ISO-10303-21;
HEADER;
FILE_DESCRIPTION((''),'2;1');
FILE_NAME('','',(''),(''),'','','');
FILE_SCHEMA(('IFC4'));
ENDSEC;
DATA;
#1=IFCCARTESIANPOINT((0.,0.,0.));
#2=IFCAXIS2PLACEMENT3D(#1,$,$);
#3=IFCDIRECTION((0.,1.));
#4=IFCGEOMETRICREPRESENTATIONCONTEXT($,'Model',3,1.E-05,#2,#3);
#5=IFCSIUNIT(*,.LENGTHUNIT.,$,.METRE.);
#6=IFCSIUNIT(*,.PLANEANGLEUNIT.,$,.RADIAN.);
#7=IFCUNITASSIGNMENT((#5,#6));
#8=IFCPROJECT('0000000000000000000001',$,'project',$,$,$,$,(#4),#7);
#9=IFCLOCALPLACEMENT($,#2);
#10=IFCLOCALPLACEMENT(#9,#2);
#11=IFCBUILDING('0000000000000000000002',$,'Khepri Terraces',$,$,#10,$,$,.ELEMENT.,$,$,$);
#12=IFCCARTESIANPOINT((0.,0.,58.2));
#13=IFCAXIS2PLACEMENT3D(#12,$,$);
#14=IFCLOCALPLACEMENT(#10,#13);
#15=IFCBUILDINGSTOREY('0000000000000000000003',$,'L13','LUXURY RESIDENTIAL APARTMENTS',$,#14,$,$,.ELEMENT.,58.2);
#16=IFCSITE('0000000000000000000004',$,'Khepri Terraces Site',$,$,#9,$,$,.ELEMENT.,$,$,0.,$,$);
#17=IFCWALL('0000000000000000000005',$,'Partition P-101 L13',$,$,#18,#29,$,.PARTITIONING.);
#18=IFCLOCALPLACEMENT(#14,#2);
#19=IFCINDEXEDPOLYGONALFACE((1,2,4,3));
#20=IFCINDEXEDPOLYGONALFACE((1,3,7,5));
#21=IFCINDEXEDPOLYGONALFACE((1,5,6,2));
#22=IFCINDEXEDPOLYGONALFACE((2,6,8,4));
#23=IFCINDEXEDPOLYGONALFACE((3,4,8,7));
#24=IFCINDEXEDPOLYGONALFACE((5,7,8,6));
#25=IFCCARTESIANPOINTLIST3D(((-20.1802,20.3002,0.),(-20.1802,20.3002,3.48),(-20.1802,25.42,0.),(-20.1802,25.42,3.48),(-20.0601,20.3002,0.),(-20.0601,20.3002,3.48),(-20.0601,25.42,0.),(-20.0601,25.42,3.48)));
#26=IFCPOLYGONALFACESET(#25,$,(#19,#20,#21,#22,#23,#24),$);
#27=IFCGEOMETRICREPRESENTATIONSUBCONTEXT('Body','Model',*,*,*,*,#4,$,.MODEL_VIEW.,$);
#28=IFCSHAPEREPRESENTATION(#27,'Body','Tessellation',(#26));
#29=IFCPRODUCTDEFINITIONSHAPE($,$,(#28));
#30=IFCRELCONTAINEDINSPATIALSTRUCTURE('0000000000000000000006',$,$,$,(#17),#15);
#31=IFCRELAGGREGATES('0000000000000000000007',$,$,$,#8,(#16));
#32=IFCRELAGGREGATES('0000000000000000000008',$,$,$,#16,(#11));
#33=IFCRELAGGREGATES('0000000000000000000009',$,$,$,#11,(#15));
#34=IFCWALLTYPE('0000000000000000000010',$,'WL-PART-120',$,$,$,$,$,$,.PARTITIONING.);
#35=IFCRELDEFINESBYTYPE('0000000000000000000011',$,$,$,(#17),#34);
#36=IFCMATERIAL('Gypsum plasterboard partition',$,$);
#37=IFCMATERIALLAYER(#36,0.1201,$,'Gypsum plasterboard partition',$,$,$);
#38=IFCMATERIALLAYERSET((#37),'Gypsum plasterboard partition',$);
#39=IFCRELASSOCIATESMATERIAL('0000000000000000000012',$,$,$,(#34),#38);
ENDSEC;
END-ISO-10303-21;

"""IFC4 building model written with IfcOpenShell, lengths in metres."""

from ifc_helpers import new_model, si_unit, direction, frame, frame_2d, origin, place, context, subcontext, project, spatial, rectangle, extrude, material, layer, layer_set, type_object, element, save


model = new_model("IFC4")

# Units and contexts
model_context = context("Model", 3, precision=1e-05, world=origin(), true_north=direction((0.0, 1.0)))
body_context = subcontext(model_context, "Body", "Model", "MODEL_VIEW")
ifc_project = project(units=[si_unit("LENGTHUNIT", "METRE"), si_unit("PLANEANGLEUNIT", "RADIAN")], contexts=[model_context])

# Site, building, storey
site_placement = place(None, origin())
site = spatial("IfcSite", under=ifc_project, at=site_placement, Name="Khepri Terraces Site", CompositionType="ELEMENT", RefElevation=0.0)
building_placement = place(site_placement, origin())
building = spatial("IfcBuilding", under=site, at=building_placement, Name="Khepri Terraces", CompositionType="ELEMENT")
storey_placement = place(building_placement, frame((0.0, 0.0, 58.2)))
storey = spatial("IfcBuildingStorey", under=building, at=storey_placement, Name="L13", Description="LUXURY RESIDENTIAL APARTMENTS", CompositionType="ELEMENT", Elevation=58.2)

# Shared definitions
ifc_material_1 = material(Name="Gypsum plasterboard partition")
ifc_layer_1 = layer(ifc_material_1, 0.1201, Name="Gypsum plasterboard partition")
ifc_layer_set_1 = layer_set([ifc_layer_1], Name="Gypsum plasterboard partition")
wall_type_1 = type_object("IfcWallType", Name="WL-PART-120", PredefinedType="PARTITIONING", material=ifc_layer_set_1)

# Wall
wall_1_placement = place(storey_placement, frame((-20.1201, 20.3, 0.0), z_axis=(0.0, 0.0, 1.0), x_axis=(0.0, 1.0, 0.0)))
element("IfcWall", 1, at=wall_1_placement, inside=storey, type_object=wall_type_1, Name="Partition P-101 L13", PredefinedType="PARTITIONING", context=body_context, shape_type="SweptSolid", body=[
    extrude(rectangle(XDim=5.1199, YDim=0.1201, at=frame_2d((2.5601, 0.0))), origin(), (0.0, 0.0, 1.0), 3.48),
])

save(model, "model.ifc")
